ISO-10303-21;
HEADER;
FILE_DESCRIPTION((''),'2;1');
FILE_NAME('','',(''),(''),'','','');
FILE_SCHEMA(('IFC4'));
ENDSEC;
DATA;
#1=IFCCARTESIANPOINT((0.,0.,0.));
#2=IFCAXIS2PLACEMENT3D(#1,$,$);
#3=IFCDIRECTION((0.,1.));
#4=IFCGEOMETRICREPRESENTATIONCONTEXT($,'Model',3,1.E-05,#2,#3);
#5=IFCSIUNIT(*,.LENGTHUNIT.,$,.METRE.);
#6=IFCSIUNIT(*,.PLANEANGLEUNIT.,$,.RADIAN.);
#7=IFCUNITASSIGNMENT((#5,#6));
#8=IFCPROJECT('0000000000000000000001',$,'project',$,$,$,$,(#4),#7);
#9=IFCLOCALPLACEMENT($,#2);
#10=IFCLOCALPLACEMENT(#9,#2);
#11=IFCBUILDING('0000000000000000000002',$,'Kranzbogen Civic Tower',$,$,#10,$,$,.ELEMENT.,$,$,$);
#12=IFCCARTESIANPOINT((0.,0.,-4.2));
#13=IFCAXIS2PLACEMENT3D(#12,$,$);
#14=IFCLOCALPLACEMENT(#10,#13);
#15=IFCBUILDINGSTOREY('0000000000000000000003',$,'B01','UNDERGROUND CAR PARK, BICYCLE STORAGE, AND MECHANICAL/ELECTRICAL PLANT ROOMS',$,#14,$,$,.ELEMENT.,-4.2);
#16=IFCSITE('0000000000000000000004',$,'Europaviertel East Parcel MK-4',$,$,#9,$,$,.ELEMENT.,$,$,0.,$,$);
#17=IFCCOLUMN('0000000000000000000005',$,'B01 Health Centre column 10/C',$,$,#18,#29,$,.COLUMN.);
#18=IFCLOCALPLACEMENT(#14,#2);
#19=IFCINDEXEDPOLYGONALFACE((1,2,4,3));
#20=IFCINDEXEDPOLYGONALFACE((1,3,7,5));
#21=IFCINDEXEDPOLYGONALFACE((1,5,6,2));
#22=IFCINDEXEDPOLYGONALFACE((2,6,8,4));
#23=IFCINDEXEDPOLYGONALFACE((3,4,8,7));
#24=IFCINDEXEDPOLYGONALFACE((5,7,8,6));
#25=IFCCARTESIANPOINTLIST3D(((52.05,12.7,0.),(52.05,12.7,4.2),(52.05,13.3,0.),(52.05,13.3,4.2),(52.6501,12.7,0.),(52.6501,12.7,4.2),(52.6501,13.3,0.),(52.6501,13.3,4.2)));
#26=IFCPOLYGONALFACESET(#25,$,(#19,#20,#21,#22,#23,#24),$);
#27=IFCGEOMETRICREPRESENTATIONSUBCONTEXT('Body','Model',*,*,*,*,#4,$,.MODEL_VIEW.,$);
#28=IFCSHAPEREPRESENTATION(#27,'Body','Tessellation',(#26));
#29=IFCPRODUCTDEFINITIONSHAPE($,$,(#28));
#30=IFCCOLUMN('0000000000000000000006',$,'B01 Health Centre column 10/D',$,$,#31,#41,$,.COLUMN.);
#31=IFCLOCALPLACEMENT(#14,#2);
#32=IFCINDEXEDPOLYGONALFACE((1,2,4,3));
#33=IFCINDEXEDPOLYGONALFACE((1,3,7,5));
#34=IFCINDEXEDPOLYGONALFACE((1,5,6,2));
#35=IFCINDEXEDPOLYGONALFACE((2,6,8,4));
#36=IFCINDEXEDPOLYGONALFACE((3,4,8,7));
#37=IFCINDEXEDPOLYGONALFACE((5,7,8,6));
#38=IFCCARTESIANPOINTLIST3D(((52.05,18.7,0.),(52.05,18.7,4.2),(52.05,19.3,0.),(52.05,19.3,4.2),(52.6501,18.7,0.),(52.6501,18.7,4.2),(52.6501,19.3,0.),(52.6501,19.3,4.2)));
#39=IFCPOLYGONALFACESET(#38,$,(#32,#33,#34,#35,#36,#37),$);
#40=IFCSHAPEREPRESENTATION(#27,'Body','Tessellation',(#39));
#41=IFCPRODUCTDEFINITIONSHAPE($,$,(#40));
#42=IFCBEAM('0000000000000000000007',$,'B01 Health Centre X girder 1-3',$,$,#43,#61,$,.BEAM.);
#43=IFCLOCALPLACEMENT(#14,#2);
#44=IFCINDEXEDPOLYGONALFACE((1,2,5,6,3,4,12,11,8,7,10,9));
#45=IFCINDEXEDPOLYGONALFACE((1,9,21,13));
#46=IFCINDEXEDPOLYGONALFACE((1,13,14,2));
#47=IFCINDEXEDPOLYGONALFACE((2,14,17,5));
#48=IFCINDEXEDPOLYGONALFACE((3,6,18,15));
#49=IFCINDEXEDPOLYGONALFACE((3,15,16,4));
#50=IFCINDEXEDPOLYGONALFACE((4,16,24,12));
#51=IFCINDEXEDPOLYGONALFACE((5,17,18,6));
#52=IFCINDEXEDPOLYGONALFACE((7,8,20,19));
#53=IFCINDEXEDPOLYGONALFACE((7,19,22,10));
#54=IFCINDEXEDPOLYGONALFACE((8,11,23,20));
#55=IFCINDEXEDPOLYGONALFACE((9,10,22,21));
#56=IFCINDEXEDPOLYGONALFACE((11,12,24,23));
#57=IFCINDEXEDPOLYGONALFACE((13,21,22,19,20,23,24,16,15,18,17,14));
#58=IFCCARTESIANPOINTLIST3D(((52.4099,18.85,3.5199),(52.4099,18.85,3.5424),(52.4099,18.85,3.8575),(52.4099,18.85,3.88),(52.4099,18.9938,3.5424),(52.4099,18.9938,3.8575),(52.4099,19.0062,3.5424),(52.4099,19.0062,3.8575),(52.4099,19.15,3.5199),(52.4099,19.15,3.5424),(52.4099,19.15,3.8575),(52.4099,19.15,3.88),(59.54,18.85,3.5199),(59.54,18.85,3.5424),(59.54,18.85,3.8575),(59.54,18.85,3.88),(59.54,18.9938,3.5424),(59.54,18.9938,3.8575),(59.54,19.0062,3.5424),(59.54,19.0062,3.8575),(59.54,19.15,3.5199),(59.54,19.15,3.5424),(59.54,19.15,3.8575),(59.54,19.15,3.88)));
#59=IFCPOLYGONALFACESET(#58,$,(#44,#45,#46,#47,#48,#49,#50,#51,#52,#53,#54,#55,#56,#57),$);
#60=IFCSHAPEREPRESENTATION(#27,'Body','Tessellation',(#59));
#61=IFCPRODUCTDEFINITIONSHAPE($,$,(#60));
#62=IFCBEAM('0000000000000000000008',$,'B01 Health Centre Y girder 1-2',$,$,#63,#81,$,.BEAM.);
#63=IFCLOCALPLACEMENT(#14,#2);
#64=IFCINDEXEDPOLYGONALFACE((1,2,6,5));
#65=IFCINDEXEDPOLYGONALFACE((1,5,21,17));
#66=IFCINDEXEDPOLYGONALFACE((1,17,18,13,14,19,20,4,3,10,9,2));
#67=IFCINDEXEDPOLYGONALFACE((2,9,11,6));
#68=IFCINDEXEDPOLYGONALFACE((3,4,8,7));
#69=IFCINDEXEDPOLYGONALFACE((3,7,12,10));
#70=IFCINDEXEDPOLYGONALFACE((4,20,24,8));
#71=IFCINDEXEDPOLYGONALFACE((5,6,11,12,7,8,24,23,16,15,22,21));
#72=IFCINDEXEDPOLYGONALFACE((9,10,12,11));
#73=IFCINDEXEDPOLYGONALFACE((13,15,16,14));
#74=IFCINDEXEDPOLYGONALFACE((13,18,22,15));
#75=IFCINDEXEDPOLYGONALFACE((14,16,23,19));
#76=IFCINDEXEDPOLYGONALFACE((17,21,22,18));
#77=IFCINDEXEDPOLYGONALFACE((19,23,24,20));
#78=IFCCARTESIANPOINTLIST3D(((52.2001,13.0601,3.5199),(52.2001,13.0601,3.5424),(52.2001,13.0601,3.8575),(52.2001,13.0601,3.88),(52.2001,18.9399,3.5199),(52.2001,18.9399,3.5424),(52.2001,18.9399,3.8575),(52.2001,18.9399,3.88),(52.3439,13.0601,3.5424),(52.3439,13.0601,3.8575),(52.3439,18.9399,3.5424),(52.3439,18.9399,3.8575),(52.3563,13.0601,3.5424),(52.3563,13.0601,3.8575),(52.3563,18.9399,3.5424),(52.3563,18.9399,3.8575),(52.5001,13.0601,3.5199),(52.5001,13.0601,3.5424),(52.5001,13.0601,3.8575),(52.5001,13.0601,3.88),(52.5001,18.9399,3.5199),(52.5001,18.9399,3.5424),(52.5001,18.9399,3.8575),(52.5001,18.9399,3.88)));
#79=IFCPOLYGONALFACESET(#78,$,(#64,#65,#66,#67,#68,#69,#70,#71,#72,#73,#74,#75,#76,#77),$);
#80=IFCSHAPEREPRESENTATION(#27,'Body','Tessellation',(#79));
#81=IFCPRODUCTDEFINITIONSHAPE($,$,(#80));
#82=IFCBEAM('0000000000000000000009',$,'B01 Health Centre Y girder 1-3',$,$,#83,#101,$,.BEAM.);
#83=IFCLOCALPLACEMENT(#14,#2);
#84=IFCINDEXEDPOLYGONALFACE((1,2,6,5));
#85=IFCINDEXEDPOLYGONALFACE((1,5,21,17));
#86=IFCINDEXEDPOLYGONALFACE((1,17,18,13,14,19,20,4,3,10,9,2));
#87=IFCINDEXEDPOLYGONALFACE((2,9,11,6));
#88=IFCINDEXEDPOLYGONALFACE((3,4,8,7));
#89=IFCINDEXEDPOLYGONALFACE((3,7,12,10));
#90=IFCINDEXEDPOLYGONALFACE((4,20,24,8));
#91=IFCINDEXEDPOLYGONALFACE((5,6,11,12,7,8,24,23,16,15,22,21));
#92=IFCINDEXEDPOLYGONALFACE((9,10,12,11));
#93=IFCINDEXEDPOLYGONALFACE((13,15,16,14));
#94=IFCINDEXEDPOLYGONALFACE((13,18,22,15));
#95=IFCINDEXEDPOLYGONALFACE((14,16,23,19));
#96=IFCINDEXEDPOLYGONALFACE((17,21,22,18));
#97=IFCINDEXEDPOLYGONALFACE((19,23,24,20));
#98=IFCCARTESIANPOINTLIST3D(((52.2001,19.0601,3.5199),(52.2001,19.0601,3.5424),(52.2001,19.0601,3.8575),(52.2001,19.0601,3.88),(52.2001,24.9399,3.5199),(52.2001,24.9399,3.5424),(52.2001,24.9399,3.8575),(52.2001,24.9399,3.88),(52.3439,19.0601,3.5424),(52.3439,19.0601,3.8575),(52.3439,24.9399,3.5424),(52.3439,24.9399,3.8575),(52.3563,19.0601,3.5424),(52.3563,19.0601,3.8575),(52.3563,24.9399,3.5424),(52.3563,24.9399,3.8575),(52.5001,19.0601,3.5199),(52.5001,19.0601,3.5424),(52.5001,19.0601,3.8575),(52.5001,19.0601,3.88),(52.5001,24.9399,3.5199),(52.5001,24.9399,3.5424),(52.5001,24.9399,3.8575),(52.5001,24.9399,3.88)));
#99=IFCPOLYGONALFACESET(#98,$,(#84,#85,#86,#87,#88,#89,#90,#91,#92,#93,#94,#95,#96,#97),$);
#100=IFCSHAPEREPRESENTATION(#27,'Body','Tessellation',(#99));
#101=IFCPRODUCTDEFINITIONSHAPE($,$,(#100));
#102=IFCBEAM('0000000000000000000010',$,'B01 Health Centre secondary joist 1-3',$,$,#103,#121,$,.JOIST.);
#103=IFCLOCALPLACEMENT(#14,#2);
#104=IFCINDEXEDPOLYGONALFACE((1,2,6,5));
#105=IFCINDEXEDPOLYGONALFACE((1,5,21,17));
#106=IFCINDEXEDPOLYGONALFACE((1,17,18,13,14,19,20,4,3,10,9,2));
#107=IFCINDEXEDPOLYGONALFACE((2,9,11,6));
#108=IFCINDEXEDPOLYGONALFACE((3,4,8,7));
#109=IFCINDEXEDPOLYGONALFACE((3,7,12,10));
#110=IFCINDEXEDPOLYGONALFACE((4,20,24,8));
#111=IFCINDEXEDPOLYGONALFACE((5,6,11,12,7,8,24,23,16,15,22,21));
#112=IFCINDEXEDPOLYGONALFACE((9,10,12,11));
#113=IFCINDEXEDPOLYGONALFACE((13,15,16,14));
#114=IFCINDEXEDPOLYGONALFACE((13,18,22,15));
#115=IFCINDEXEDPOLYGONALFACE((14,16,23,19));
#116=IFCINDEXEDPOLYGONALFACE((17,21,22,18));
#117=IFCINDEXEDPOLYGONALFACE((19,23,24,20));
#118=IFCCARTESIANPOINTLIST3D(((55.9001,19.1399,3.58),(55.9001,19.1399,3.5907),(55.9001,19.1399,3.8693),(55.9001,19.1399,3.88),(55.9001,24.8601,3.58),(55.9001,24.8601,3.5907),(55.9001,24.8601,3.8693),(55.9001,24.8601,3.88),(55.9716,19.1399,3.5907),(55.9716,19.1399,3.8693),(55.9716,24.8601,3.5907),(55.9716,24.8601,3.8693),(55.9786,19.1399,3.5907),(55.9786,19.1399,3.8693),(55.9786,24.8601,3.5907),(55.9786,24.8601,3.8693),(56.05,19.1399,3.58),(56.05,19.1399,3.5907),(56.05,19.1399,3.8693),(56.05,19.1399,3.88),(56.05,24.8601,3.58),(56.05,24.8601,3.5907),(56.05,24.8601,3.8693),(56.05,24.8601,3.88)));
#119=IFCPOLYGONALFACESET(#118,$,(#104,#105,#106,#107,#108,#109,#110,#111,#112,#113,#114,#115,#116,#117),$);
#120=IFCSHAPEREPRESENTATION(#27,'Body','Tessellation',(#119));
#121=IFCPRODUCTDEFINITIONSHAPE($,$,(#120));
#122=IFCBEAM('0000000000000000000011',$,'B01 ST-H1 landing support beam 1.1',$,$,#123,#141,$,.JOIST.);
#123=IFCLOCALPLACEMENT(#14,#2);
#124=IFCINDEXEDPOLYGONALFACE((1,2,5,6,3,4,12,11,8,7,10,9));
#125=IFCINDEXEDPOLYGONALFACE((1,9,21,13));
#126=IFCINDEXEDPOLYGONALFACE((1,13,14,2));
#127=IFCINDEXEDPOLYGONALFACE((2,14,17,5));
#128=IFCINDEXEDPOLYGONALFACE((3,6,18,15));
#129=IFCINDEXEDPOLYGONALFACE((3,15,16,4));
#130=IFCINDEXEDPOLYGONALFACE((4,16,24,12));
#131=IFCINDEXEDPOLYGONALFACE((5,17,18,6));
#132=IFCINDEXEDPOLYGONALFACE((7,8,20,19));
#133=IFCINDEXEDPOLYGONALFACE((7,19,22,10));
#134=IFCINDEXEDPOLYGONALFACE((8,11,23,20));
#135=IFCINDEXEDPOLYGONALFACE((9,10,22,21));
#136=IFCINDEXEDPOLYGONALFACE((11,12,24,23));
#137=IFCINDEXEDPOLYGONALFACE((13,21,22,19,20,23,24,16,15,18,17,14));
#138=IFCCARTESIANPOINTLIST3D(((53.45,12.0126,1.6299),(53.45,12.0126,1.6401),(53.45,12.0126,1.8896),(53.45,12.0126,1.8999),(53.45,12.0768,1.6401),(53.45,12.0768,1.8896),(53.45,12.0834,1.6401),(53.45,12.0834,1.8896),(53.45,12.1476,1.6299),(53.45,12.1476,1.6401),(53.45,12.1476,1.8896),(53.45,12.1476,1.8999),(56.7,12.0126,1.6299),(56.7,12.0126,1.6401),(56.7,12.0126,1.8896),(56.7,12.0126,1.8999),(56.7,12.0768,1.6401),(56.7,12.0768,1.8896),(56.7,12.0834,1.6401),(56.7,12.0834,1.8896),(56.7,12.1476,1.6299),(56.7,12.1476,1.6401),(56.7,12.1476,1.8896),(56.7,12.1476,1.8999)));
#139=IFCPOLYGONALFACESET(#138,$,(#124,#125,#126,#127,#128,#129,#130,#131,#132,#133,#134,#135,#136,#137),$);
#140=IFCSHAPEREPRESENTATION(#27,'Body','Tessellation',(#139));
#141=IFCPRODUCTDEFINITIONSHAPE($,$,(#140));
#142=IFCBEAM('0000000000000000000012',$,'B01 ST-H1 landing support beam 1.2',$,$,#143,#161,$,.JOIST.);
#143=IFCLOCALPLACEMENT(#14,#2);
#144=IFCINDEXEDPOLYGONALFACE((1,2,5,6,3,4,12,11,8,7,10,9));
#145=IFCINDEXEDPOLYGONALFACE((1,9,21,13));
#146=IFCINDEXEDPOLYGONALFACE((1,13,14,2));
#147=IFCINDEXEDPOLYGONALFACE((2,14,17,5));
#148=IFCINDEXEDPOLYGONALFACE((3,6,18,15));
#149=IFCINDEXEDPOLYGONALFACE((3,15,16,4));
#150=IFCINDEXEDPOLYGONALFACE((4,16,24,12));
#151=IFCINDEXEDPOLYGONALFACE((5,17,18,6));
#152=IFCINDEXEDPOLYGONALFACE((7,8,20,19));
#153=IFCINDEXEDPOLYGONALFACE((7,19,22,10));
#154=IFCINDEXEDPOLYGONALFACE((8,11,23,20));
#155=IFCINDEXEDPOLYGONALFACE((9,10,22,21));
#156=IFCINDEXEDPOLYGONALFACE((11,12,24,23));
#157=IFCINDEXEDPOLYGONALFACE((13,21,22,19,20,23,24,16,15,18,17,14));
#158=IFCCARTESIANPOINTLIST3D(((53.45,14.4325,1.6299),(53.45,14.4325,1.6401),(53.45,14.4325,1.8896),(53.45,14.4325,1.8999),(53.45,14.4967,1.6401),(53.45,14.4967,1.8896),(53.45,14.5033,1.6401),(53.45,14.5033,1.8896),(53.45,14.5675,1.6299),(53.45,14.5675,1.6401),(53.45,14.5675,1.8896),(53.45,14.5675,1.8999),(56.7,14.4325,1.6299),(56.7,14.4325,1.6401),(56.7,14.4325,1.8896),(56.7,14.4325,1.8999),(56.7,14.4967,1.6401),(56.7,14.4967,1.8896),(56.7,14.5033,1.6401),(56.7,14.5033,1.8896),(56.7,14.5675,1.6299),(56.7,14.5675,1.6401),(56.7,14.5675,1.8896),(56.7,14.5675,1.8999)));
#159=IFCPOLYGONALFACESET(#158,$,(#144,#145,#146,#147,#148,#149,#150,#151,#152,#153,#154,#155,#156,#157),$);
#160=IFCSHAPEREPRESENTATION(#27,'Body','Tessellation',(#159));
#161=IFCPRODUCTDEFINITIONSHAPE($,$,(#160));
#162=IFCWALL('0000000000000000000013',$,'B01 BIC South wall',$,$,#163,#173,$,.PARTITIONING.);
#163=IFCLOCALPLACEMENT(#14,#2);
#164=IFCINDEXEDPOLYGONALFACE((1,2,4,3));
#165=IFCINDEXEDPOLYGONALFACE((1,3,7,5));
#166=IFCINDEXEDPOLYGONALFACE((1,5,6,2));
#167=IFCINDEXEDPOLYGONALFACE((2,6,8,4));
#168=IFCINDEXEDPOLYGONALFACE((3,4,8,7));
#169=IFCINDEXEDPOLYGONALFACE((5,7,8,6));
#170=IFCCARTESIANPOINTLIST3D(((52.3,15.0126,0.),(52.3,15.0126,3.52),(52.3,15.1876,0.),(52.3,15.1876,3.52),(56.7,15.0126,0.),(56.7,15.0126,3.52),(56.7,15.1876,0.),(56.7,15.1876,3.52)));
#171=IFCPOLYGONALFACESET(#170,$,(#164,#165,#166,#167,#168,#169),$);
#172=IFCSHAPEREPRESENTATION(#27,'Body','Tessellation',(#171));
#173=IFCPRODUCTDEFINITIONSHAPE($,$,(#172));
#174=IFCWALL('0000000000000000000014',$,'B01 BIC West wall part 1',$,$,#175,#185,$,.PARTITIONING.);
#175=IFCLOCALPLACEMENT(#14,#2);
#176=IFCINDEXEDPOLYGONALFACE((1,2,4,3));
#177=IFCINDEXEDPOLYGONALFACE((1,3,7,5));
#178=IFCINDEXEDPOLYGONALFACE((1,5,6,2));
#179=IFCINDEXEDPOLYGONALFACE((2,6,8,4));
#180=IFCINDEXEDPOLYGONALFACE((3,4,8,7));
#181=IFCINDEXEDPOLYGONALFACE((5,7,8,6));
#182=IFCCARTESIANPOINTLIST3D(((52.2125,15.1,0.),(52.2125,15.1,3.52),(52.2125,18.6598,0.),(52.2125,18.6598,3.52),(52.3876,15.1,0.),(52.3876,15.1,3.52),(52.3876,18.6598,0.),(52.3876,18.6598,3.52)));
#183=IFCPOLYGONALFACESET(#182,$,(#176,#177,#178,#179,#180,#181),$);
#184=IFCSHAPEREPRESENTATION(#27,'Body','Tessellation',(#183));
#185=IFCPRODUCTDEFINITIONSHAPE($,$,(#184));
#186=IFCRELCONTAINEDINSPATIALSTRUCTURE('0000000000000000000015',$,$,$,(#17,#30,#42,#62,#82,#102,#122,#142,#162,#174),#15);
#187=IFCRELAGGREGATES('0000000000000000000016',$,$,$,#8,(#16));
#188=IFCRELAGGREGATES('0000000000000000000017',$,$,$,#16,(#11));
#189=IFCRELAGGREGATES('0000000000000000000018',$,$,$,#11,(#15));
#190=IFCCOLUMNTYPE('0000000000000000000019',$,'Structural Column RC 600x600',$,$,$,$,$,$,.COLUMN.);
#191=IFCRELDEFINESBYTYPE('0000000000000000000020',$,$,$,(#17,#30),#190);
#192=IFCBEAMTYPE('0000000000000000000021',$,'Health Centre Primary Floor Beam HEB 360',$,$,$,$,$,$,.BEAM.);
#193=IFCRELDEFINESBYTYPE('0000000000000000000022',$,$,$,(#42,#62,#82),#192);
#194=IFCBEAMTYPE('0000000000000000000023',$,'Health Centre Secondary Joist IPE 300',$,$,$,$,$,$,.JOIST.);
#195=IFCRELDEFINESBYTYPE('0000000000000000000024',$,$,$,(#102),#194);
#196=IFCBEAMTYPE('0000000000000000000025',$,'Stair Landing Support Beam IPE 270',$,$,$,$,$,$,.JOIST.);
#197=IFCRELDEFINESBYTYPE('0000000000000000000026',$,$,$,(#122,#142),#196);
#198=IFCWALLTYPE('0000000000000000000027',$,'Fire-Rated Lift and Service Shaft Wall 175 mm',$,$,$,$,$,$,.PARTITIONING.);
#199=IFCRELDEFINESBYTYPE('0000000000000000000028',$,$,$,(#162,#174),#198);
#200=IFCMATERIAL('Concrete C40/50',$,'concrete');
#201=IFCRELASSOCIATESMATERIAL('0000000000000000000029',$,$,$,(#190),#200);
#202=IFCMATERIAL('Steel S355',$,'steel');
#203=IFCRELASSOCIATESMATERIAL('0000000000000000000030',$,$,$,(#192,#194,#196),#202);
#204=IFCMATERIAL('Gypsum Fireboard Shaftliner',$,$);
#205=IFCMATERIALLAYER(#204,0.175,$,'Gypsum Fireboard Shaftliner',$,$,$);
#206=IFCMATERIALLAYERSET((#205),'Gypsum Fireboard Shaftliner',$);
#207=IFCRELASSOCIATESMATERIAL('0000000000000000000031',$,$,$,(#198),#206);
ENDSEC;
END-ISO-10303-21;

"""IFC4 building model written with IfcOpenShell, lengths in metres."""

from ifc_helpers import new_model, si_unit, direction, frame, frame_2d, origin, origin_2d, place, context, subcontext, project, spatial, rectangle, i_section, extrude, material, layer, layer_set, material_profile, profile_set, type_object, element, save


model = new_model("IFC4")

# Units and contexts
model_context = context("Model", 3, precision=1e-05, world=origin(), true_north=direction((0.0, 1.0)))
body_context = subcontext(model_context, "Body", "Model", "MODEL_VIEW")
ifc_project = project(units=[si_unit("LENGTHUNIT", "METRE"), si_unit("PLANEANGLEUNIT", "RADIAN")], contexts=[model_context])

# Site, building, storey
site_placement = place(None, origin())
site = spatial("IfcSite", under=ifc_project, at=site_placement, Name="Europaviertel East Parcel MK-4", CompositionType="ELEMENT", RefElevation=0.0)
building_placement = place(site_placement, origin())
building = spatial("IfcBuilding", under=site, at=building_placement, Name="Kranzbogen Civic Tower", CompositionType="ELEMENT")
storey_placement = place(building_placement, frame((0.0, 0.0, -4.2)))
storey = spatial("IfcBuildingStorey", under=building, at=storey_placement, Name="B01", Description="UNDERGROUND CAR PARK, BICYCLE STORAGE, AND MECHANICAL/ELECTRICAL PLANT ROOMS", CompositionType="ELEMENT", Elevation=-4.2)

# Columns
ifc_material_1 = material(Name="Concrete C40/50", Category="concrete")
ifc_material_profile_1 = material_profile(ifc_material_1, rectangle(XDim=0.6001, YDim=0.6001, at=origin_2d()), Name="RC 600x600")
ifc_profile_set_1 = profile_set([ifc_material_profile_1], Name="Concrete C40/50")
column_type = type_object("IfcColumnType", Name="Structural Column RC 600x600", PredefinedType="COLUMN", material=ifc_profile_set_1)
for number, where, z_axis, x_axis, name in (
    (1, (52.3501, 13.0, 0.0), (0.0, 0.0, 1.0), (1.0, 0.0, 0.0), "B01 Health Centre column 10/C"),
    (2, (52.3501, 19.0, 0.0), (0.0, 0.0, 1.0), (1.0, 0.0, 0.0), "B01 Health Centre column 10/D"),
):
    element("IfcColumn", number, at=place(storey_placement, frame(where, z_axis=z_axis, x_axis=x_axis)), inside=storey, type_object=column_type, Name=name, PredefinedType="COLUMN", context=body_context, shape_type="SweptSolid", body=[
        extrude(rectangle(XDim=0.6001, YDim=0.6001, at=origin_2d()), origin(), (0.0, 0.0, 1.0), 4.2),
    ])

# Beams
ifc_material_2 = material(Name="Steel S355", Category="steel")
ifc_material_profile_2 = material_profile(ifc_material_2, i_section(OverallWidth=0.3, OverallDepth=0.3601, WebThickness=0.0125, FlangeThickness=0.0225, at=origin_2d()), Name="HEB 360")
ifc_profile_set_2 = profile_set([ifc_material_profile_2], Name="Steel S355")
beam_type_1 = type_object("IfcBeamType", Name="Health Centre Primary Floor Beam HEB 360", PredefinedType="BEAM", material=ifc_profile_set_2)
beam_1_placement = place(storey_placement, frame((52.4099, 19.0, 3.7), z_axis=(1.0, 0.0, 0.0), x_axis=(0.0, 1.0, 0.0)))
element("IfcBeam", 3, at=beam_1_placement, inside=storey, type_object=beam_type_1, Name="B01 Health Centre X girder 1-3", PredefinedType="BEAM", context=body_context, shape_type="SweptSolid", body=[
    extrude(i_section(OverallWidth=0.3, OverallDepth=0.3601, WebThickness=0.0125, FlangeThickness=0.0225, at=origin_2d()), origin(), (0.0, 0.0, 1.0), 7.1301),
])
for number, where, z_axis, x_axis, name in (
    (4, (52.3501, 13.0601, 3.7), (0.0, 1.0, 0.0), (-1.0, 0.0, 0.0), "B01 Health Centre Y girder 1-2"),
    (5, (52.3501, 19.0601, 3.7), (0.0, 1.0, 0.0), (-1.0, 0.0, 0.0), "B01 Health Centre Y girder 1-3"),
):
    element("IfcBeam", number, at=place(storey_placement, frame(where, z_axis=z_axis, x_axis=x_axis)), inside=storey, type_object=beam_type_1, Name=name, PredefinedType="BEAM", context=body_context, shape_type="SweptSolid", body=[
        extrude(i_section(OverallWidth=0.3, OverallDepth=0.3601, WebThickness=0.0125, FlangeThickness=0.0225, at=origin_2d()), origin(), (0.0, 0.0, 1.0), 5.8799),
    ])
ifc_material_profile_3 = material_profile(ifc_material_2, i_section(OverallWidth=0.1499, OverallDepth=0.3, WebThickness=0.0071, FlangeThickness=0.0107, at=origin_2d()), Name="IPE 300")
ifc_profile_set_3 = profile_set([ifc_material_profile_3], Name="Steel S355")
beam_type_2 = type_object("IfcBeamType", Name="Health Centre Secondary Joist IPE 300", PredefinedType="JOIST", material=ifc_profile_set_3)
beam_2_placement = place(storey_placement, frame((55.9751, 19.1399, 3.73), z_axis=(0.0, 1.0, 0.0), x_axis=(-1.0, 0.0, 0.0)))
element("IfcBeam", 6, at=beam_2_placement, inside=storey, type_object=beam_type_2, Name="B01 Health Centre secondary joist 1-3", PredefinedType="JOIST", context=body_context, shape_type="SweptSolid", body=[
    extrude(i_section(OverallWidth=0.1499, OverallDepth=0.3, WebThickness=0.0071, FlangeThickness=0.0107, at=origin_2d()), origin(), (0.0, 0.0, 1.0), 5.7202),
])
ifc_material_profile_4 = material_profile(ifc_material_2, i_section(OverallWidth=0.135, OverallDepth=0.27, WebThickness=0.0066, FlangeThickness=0.0103, at=origin_2d()), Name="IPE 270")
ifc_profile_set_4 = profile_set([ifc_material_profile_4], Name="Steel S355")
beam_type_3 = type_object("IfcBeamType", Name="Stair Landing Support Beam IPE 270", PredefinedType="JOIST", material=ifc_profile_set_4)
for number, where, z_axis, x_axis, name in (
    (7, (56.7, 12.0801, 1.7649), (-1.0, 0.0, 0.0), (0.0, -1.0, 0.0), "B01 ST-H1 landing support beam 1.1"),
    (8, (56.7, 14.5, 1.7649), (-1.0, 0.0, 0.0), (0.0, -1.0, 0.0), "B01 ST-H1 landing support beam 1.2"),
):
    element("IfcBeam", number, at=place(storey_placement, frame(where, z_axis=z_axis, x_axis=x_axis)), inside=storey, type_object=beam_type_3, Name=name, PredefinedType="JOIST", context=body_context, shape_type="SweptSolid", body=[
        extrude(i_section(OverallWidth=0.135, OverallDepth=0.27, WebThickness=0.0066, FlangeThickness=0.0103, at=origin_2d()), origin(), (0.0, 0.0, 1.0), 3.25),
    ])

# Walls
ifc_material_3 = material(Name="Gypsum Fireboard Shaftliner")
ifc_layer_1 = layer(ifc_material_3, 0.175, Name="Gypsum Fireboard Shaftliner")
ifc_layer_set_1 = layer_set([ifc_layer_1], Name="Gypsum Fireboard Shaftliner")
wall_type_1 = type_object("IfcWallType", Name="Fire-Rated Lift and Service Shaft Wall 175 mm", PredefinedType="PARTITIONING", material=ifc_layer_set_1)
wall_1_placement = place(storey_placement, frame((52.3, 15.1001, 0.0), z_axis=(0.0, 0.0, 1.0), x_axis=(1.0, 0.0, 0.0)))
element("IfcWall", 9, at=wall_1_placement, inside=storey, type_object=wall_type_1, Name="B01 BIC South wall", PredefinedType="PARTITIONING", context=body_context, shape_type="SweptSolid", body=[
    extrude(rectangle(XDim=4.3999, YDim=0.175, at=frame_2d((2.2, 0.0))), origin(), (0.0, 0.0, 1.0), 3.52),
])
wall_2_placement = place(storey_placement, frame((52.3, 15.1001, 0.0), z_axis=(0.0, 0.0, 1.0), x_axis=(0.0, 1.0, 0.0)))
element("IfcWall", 10, at=wall_2_placement, inside=storey, type_object=wall_type_1, Name="B01 BIC West wall part 1", PredefinedType="PARTITIONING", context=body_context, shape_type="SweptSolid", body=[
    extrude(rectangle(XDim=3.5598, YDim=0.175, at=frame_2d((1.7798, 0.0))), origin(), (0.0, 0.0, 1.0), 3.52),
])

save(model, "model.ifc")
